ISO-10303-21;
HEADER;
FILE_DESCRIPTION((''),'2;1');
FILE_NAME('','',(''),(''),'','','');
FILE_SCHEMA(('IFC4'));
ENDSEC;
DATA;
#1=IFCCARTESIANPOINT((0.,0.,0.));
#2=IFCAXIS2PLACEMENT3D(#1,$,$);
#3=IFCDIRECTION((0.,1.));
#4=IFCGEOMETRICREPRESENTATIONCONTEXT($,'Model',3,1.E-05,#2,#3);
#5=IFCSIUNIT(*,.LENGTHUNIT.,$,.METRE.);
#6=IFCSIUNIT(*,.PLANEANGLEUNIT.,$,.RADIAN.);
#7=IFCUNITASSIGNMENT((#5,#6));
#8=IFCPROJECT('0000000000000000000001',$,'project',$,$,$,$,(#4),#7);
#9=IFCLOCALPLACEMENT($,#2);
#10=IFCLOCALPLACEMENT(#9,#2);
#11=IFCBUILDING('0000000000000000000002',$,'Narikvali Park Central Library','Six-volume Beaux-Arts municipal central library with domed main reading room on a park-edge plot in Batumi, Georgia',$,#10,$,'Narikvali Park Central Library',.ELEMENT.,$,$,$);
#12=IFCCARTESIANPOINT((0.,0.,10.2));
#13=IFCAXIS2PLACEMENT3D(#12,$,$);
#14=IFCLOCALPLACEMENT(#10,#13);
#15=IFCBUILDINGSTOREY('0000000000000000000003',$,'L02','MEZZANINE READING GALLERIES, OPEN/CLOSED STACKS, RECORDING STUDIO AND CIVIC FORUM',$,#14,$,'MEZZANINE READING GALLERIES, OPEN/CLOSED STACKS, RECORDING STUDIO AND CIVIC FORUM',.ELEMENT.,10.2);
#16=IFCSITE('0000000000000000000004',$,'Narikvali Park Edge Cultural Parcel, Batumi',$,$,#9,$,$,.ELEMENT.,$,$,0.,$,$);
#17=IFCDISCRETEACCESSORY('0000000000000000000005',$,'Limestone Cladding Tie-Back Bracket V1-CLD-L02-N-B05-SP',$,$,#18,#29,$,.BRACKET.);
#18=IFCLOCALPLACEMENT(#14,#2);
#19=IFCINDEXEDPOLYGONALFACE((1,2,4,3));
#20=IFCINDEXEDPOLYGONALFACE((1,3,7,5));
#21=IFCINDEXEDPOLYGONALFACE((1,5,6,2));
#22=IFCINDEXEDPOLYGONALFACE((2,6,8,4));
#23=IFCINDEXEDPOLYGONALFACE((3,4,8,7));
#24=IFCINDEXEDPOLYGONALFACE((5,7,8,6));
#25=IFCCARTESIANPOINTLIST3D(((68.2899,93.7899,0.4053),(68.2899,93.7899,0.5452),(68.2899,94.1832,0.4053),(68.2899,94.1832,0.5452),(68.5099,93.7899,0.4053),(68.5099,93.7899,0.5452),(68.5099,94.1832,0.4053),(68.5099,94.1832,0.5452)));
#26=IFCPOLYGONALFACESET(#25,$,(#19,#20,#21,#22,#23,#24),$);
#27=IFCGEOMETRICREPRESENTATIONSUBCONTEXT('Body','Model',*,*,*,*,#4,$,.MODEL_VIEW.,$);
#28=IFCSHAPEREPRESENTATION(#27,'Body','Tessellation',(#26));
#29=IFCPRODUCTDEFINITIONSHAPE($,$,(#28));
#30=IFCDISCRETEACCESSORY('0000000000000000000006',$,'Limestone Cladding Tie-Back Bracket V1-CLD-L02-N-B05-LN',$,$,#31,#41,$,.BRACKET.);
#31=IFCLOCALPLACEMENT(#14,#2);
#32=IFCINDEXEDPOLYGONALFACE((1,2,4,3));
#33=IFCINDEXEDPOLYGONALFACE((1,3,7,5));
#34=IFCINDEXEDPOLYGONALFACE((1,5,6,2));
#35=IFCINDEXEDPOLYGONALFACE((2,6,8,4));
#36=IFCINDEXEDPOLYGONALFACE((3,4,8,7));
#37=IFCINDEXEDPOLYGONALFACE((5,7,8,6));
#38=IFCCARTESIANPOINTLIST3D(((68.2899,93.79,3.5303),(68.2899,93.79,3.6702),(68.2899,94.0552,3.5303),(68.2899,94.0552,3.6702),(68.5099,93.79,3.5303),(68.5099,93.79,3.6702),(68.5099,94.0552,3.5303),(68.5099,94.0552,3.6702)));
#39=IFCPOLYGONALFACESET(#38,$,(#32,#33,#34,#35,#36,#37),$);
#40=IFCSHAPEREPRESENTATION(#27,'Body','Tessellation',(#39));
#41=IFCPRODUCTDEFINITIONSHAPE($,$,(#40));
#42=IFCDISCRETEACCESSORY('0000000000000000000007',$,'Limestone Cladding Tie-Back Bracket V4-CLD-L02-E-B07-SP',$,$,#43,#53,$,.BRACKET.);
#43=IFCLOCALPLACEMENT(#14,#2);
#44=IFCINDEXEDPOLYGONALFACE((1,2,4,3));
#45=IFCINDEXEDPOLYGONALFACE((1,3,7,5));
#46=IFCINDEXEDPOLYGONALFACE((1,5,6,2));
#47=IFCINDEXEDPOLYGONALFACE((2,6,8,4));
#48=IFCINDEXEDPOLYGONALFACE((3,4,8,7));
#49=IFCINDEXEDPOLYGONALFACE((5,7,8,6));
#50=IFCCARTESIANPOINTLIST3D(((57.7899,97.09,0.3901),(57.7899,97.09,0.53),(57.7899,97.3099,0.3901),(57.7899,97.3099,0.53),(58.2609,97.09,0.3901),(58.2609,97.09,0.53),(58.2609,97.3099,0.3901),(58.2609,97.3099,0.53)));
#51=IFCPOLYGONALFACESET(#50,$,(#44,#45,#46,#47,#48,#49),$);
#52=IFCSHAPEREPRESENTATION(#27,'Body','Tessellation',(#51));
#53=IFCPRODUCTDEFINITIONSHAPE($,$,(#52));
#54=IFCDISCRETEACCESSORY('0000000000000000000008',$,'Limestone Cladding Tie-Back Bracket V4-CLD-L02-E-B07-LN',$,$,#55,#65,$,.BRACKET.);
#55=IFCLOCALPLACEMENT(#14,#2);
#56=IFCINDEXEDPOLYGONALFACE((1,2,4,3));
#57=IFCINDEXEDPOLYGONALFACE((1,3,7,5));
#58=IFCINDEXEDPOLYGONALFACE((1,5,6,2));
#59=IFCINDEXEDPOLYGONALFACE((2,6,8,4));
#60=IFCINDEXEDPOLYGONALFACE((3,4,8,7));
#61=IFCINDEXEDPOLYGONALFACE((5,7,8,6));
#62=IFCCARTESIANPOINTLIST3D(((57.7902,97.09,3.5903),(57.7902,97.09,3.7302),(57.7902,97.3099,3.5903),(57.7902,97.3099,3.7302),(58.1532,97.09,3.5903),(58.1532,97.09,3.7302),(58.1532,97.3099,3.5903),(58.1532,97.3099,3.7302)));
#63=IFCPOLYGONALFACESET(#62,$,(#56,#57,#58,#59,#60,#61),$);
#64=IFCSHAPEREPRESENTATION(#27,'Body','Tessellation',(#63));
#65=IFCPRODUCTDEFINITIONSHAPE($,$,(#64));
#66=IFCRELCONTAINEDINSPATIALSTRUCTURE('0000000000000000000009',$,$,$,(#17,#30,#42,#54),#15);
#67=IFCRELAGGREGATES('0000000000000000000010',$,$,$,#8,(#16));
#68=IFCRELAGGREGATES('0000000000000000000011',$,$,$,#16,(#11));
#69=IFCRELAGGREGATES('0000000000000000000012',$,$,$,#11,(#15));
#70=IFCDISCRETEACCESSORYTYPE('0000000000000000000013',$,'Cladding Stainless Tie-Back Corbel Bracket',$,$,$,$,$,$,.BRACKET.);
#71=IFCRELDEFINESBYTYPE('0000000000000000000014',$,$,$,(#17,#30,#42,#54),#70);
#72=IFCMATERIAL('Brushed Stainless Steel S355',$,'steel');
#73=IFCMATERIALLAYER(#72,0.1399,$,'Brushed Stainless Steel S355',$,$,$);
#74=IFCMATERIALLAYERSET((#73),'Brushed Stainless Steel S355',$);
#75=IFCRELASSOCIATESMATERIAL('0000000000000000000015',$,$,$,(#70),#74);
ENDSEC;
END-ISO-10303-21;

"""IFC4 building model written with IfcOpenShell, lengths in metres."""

from ifc_helpers import new_model, si_unit, direction, frame, origin, origin_2d, place, context, subcontext, project, spatial, rectangle, extrude, material, layer, layer_set, type_object, element, save


model = new_model("IFC4")

# Units and contexts
model_context = context("Model", 3, precision=1e-05, world=origin(), true_north=direction((0.0, 1.0)))
body_context = subcontext(model_context, "Body", "Model", "MODEL_VIEW")
ifc_project = project(units=[si_unit("LENGTHUNIT", "METRE"), si_unit("PLANEANGLEUNIT", "RADIAN")], contexts=[model_context])

# Site, building, storey
site_placement = place(None, origin())
site = spatial("IfcSite", under=ifc_project, at=site_placement, Name="Narikvali Park Edge Cultural Parcel, Batumi", CompositionType="ELEMENT", RefElevation=0.0)
building_placement = place(site_placement, origin())
building = spatial("IfcBuilding", under=site, at=building_placement, Name="Narikvali Park Central Library", Description="Six-volume Beaux-Arts municipal central library with domed main reading room on a park-edge plot in Batumi, Georgia", LongName="Narikvali Park Central Library", CompositionType="ELEMENT")
storey_placement = place(building_placement, frame((0.0, 0.0, 10.2)))
storey = spatial("IfcBuildingStorey", under=building, at=storey_placement, Name="L02", Description="MEZZANINE READING GALLERIES, OPEN/CLOSED STACKS, RECORDING STUDIO AND CIVIC FORUM", LongName="MEZZANINE READING GALLERIES, OPEN/CLOSED STACKS, RECORDING STUDIO AND CIVIC FORUM", CompositionType="ELEMENT", Elevation=10.2)

# Discrete accessories
ifc_material_1 = material(Name="Brushed Stainless Steel S355", Category="steel")
ifc_layer_1 = layer(ifc_material_1, 0.1399, Name="Brushed Stainless Steel S355")
ifc_layer_set_1 = layer_set([ifc_layer_1], Name="Brushed Stainless Steel S355")
discrete_accessory_type = type_object("IfcDiscreteAccessoryType", Name="Cladding Stainless Tie-Back Corbel Bracket", PredefinedType="BRACKET", material=ifc_layer_set_1)
discrete_accessory_1_placement = place(storey_placement, frame((68.3999, 93.9866, 0.4053), z_axis=(0.0, 0.0, 1.0), x_axis=(1.0, 0.0, 0.0)))
element("IfcDiscreteAccessory", 1, at=discrete_accessory_1_placement, inside=storey, type_object=discrete_accessory_type, Name="Limestone Cladding Tie-Back Bracket V1-CLD-L02-N-B05-SP", PredefinedType="BRACKET", context=body_context, shape_type="SweptSolid", body=[
    extrude(rectangle(XDim=0.22, YDim=0.3933, at=origin_2d()), origin(), (0.0, 0.0, 1.0), 0.1399),
])
discrete_accessory_2_placement = place(storey_placement, frame((68.3999, 93.9226, 3.5303), z_axis=(0.0, 0.0, 1.0), x_axis=(1.0, 0.0, 0.0)))
element("IfcDiscreteAccessory", 2, at=discrete_accessory_2_placement, inside=storey, type_object=discrete_accessory_type, Name="Limestone Cladding Tie-Back Bracket V1-CLD-L02-N-B05-LN", PredefinedType="BRACKET", context=body_context, shape_type="SweptSolid", body=[
    extrude(rectangle(XDim=0.22, YDim=0.2651, at=origin_2d()), origin(), (0.0, 0.0, 1.0), 0.1399),
])
discrete_accessory_3_placement = place(storey_placement, frame((58.0254, 97.2, 0.3901), z_axis=(0.0, 0.0, 1.0), x_axis=(1.0, 0.0, 0.0)))
element("IfcDiscreteAccessory", 3, at=discrete_accessory_3_placement, inside=storey, type_object=discrete_accessory_type, Name="Limestone Cladding Tie-Back Bracket V4-CLD-L02-E-B07-SP", PredefinedType="BRACKET", context=body_context, shape_type="SweptSolid", body=[
    extrude(rectangle(XDim=0.4709, YDim=0.22, at=origin_2d()), origin(), (0.0, 0.0, 1.0), 0.1399),
])
discrete_accessory_4_placement = place(storey_placement, frame((57.9717, 97.2, 3.5903), z_axis=(0.0, 0.0, 1.0), x_axis=(1.0, 0.0, 0.0)))
element("IfcDiscreteAccessory", 4, at=discrete_accessory_4_placement, inside=storey, type_object=discrete_accessory_type, Name="Limestone Cladding Tie-Back Bracket V4-CLD-L02-E-B07-LN", PredefinedType="BRACKET", context=body_context, shape_type="SweptSolid", body=[
    extrude(rectangle(XDim=0.363, YDim=0.22, at=origin_2d()), origin(), (0.0, 0.0, 1.0), 0.1399),
])

save(model, "model.ifc")
